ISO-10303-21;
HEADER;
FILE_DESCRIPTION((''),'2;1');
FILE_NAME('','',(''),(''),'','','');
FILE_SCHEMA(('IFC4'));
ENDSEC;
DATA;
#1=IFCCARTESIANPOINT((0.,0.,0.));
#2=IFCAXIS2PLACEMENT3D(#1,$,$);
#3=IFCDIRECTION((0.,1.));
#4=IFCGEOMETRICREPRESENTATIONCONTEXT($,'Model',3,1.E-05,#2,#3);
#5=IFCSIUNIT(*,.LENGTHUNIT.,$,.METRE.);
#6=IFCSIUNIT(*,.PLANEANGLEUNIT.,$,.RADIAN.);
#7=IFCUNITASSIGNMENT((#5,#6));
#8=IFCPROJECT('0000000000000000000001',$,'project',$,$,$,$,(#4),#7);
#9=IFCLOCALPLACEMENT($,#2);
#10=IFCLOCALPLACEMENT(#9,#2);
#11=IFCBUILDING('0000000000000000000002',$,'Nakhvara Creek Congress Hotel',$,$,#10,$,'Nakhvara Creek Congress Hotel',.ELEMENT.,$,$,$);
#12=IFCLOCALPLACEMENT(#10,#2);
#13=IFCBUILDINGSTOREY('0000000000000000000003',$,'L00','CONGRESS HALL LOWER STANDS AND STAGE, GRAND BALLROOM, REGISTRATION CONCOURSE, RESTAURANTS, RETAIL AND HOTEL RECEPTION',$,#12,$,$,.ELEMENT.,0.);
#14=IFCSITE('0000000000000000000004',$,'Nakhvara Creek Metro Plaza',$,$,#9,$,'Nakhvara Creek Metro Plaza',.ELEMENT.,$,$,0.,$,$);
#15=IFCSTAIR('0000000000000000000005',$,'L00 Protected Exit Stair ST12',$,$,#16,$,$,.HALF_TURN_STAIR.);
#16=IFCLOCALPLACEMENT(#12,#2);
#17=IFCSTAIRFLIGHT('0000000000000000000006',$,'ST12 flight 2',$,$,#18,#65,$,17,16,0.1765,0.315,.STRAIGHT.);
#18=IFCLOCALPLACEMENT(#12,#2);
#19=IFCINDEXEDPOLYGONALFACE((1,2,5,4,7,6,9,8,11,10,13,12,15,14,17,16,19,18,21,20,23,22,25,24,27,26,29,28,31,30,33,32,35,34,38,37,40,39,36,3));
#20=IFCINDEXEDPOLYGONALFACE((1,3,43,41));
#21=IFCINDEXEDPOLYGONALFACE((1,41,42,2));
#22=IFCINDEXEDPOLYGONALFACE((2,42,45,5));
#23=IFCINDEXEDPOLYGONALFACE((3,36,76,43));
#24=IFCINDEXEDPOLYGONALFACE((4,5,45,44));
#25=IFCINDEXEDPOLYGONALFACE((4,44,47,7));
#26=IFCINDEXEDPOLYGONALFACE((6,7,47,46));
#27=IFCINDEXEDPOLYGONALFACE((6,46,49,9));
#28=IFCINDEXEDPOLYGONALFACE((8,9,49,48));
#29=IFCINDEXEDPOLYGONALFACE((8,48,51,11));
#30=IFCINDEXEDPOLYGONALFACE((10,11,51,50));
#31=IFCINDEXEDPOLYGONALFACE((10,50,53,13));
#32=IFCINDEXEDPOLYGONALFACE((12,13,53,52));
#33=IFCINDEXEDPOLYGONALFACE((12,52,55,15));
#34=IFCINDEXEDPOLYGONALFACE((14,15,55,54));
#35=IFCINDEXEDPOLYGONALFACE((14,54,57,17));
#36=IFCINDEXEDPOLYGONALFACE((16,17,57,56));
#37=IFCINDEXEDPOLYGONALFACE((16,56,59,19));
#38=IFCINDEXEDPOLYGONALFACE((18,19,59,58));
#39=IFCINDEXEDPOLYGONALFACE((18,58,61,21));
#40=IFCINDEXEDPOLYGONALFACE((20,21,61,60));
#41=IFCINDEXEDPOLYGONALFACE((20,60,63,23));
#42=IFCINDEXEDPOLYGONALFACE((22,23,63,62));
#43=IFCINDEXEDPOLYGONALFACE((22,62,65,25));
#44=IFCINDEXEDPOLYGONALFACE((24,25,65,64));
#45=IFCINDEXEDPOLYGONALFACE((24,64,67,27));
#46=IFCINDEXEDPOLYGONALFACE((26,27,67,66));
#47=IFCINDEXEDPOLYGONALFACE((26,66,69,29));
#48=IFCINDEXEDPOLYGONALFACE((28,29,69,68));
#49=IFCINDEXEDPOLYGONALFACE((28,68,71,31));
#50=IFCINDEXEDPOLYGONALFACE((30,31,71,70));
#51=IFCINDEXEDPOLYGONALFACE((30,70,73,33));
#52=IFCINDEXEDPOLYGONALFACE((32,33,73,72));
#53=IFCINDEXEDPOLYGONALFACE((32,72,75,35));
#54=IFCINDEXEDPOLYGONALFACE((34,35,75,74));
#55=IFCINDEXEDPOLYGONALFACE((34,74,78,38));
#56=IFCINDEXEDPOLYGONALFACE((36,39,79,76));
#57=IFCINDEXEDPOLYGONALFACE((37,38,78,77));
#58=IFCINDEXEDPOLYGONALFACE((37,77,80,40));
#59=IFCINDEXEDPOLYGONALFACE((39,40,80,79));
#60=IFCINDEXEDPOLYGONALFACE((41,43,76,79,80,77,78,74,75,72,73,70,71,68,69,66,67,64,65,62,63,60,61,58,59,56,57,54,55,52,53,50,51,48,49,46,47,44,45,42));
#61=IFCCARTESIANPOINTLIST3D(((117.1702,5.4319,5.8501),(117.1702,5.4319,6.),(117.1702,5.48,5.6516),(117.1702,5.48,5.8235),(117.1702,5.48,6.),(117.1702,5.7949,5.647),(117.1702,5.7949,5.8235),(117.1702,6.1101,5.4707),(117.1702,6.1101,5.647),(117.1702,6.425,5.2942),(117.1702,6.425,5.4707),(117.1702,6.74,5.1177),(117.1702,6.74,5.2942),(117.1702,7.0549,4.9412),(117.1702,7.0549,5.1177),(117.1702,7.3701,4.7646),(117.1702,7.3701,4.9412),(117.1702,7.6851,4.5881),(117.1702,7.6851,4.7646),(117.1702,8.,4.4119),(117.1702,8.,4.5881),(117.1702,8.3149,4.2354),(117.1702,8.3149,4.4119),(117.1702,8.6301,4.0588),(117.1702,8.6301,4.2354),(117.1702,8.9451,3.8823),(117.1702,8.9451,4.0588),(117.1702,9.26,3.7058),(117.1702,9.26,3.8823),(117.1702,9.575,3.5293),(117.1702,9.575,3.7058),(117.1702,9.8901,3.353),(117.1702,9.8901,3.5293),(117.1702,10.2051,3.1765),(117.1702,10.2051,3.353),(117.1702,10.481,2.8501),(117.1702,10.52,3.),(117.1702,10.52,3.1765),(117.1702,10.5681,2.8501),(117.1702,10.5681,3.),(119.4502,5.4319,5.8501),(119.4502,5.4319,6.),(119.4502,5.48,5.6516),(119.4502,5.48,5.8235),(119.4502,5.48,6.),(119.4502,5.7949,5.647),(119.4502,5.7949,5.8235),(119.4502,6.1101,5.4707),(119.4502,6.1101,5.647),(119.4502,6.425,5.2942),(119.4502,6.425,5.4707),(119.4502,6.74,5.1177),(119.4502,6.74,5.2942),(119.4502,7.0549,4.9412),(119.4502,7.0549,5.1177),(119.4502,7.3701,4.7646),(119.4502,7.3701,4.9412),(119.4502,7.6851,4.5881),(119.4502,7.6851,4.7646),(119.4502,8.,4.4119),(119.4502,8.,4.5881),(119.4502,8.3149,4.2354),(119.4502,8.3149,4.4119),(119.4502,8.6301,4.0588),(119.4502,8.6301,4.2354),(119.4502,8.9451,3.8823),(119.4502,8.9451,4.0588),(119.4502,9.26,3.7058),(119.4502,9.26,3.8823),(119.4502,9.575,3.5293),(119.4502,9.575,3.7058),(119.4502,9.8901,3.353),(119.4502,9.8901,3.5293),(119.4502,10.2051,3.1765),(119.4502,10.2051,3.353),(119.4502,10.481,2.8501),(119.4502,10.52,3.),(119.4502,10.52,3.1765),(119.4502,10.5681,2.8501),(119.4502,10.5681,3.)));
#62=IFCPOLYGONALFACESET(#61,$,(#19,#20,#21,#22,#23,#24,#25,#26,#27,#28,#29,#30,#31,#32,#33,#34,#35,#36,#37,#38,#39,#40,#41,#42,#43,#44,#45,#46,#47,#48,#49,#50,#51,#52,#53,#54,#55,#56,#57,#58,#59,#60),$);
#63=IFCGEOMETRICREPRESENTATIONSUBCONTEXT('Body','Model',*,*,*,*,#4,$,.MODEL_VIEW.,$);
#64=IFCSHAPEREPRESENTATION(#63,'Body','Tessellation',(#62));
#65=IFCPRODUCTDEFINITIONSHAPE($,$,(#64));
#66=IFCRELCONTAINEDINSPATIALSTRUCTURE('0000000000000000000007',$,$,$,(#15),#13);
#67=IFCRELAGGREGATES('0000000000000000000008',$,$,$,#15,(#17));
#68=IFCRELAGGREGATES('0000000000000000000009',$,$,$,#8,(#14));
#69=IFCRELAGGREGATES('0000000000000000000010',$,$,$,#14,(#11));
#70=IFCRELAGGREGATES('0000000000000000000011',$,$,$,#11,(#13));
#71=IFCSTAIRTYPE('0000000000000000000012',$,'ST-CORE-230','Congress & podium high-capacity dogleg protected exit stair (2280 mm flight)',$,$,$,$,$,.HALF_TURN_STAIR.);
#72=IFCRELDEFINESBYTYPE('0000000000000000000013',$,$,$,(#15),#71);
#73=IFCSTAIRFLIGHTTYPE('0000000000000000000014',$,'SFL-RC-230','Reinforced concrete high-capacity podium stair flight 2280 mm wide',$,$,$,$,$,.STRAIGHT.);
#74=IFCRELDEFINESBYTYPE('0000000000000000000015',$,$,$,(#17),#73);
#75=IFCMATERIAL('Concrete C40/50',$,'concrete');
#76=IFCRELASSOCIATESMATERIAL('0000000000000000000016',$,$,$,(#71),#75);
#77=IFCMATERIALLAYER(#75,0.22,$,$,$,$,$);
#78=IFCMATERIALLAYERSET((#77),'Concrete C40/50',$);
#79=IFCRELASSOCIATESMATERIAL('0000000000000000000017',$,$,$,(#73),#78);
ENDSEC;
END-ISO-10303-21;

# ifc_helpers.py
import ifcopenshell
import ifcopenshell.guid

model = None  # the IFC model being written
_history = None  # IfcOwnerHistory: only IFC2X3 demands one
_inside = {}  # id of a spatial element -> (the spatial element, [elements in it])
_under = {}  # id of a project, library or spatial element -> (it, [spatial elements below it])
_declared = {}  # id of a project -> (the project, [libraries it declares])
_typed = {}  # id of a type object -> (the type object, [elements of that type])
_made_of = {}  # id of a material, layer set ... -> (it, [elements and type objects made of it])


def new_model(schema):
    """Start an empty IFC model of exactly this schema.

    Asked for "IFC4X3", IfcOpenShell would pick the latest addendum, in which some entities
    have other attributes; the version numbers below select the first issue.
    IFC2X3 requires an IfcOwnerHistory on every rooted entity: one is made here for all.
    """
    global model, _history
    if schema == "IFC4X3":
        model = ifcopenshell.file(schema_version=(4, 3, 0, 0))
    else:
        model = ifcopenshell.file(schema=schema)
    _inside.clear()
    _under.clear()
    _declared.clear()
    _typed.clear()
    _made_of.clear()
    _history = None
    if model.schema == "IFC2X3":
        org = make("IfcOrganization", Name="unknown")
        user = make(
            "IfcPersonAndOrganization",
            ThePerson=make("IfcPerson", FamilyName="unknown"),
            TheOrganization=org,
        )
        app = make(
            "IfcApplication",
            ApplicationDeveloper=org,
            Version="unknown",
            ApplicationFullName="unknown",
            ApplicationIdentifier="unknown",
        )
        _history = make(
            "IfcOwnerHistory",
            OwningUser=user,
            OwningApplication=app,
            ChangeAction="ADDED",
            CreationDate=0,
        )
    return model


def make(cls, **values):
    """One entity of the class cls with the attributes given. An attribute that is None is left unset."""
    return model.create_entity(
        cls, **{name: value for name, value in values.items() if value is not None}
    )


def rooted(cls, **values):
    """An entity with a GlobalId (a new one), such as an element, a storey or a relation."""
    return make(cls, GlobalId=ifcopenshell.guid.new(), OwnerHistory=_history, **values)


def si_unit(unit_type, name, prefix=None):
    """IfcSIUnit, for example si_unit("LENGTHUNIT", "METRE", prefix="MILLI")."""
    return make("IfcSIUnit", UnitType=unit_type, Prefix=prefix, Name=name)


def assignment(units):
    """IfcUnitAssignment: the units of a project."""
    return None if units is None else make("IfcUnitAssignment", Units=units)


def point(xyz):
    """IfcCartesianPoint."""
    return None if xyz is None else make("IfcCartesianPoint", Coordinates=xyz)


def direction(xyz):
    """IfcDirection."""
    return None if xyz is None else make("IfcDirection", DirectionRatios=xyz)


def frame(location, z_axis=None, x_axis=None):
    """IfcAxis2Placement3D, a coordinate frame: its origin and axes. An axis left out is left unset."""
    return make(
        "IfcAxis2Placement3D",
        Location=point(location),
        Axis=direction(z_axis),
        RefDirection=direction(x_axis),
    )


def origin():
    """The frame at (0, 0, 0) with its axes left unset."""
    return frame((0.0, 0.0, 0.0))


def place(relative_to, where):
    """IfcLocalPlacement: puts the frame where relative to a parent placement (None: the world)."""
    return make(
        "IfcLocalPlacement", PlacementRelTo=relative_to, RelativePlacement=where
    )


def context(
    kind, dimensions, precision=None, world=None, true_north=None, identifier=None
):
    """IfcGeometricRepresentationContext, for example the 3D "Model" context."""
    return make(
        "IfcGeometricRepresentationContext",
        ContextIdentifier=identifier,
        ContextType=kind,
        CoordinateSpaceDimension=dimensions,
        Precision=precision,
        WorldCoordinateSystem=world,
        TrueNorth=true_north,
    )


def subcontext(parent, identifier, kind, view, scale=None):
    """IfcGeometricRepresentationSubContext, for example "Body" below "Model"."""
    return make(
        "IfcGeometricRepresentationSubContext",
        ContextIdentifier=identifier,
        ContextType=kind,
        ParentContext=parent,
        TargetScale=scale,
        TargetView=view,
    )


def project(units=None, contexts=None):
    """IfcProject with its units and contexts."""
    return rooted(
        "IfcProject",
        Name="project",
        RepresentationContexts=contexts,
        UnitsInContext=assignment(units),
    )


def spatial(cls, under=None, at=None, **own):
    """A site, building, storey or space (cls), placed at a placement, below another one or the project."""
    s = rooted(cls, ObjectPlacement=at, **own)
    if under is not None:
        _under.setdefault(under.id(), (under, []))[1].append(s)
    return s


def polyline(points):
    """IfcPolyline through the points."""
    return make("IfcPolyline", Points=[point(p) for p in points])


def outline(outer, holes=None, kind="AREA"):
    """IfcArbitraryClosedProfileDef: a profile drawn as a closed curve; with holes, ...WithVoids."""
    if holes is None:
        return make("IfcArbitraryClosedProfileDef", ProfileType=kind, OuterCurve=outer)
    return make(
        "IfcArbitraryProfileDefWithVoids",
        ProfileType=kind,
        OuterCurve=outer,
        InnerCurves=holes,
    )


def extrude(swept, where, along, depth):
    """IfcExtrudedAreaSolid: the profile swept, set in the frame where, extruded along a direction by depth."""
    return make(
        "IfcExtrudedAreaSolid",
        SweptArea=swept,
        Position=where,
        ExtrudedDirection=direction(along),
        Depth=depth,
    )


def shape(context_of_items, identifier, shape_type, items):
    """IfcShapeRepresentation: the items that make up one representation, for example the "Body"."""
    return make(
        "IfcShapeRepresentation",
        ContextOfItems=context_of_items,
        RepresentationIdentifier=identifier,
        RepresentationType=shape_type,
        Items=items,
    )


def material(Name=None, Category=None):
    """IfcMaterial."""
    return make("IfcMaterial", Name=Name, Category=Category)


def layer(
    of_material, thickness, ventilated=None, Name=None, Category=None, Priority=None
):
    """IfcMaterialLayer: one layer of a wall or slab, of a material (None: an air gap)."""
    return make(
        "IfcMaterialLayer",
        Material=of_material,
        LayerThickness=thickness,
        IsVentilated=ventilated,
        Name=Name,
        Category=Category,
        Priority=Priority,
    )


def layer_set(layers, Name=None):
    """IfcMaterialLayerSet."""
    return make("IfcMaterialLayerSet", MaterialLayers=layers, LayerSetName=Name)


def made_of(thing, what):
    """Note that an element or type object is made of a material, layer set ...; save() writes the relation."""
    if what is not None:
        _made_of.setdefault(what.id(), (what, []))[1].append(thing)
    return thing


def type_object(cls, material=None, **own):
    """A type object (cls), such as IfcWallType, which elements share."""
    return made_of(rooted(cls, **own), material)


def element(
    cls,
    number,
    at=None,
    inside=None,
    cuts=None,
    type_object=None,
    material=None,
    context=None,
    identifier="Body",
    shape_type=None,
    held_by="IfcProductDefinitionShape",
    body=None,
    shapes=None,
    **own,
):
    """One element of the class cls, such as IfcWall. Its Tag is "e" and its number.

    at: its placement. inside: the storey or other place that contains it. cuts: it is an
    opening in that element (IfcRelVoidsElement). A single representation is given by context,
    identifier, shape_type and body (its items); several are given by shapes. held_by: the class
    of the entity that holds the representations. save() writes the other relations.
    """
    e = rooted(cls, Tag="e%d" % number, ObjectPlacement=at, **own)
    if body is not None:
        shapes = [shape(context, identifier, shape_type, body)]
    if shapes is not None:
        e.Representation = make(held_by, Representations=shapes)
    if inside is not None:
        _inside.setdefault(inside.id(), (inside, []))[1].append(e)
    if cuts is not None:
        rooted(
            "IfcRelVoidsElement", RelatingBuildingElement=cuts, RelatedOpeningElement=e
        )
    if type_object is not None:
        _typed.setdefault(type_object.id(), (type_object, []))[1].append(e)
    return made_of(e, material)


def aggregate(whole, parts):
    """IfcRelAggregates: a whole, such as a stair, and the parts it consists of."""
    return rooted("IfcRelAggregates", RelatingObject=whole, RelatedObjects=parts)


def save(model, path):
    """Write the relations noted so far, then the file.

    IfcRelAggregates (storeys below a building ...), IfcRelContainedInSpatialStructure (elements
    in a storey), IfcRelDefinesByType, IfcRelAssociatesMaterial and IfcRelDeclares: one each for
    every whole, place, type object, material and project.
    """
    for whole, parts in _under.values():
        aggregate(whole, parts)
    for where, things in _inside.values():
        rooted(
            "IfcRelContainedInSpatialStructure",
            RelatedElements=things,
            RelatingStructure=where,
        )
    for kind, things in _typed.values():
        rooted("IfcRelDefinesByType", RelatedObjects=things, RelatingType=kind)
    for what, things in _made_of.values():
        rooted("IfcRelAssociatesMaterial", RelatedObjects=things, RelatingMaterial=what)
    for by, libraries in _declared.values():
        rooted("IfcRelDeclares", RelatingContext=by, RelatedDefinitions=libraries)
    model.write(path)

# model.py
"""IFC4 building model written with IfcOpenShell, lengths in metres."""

from ifc_helpers import new_model, si_unit, direction, frame, origin, place, context, subcontext, project, spatial, polyline, outline, extrude, material, layer, layer_set, type_object, element, aggregate, save


model = new_model("IFC4")

# Units and contexts
model_context = context("Model", 3, precision=1e-05, world=origin(), true_north=direction((0.0, 1.0)))
body_context = subcontext(model_context, "Body", "Model", "MODEL_VIEW")
ifc_project = project(units=[si_unit("LENGTHUNIT", "METRE"), si_unit("PLANEANGLEUNIT", "RADIAN")], contexts=[model_context])

# Site, building, storey
site_placement = place(None, origin())
site = spatial("IfcSite", under=ifc_project, at=site_placement, Name="Nakhvara Creek Metro Plaza", LongName="Nakhvara Creek Metro Plaza", CompositionType="ELEMENT", RefElevation=0.0)
building_placement = place(site_placement, origin())
building = spatial("IfcBuilding", under=site, at=building_placement, Name="Nakhvara Creek Congress Hotel", LongName="Nakhvara Creek Congress Hotel", CompositionType="ELEMENT")
storey_placement = place(building_placement, origin())
storey = spatial("IfcBuildingStorey", under=building, at=storey_placement, Name="L00", Description="CONGRESS HALL LOWER STANDS AND STAGE, GRAND BALLROOM, REGISTRATION CONCOURSE, RESTAURANTS, RETAIL AND HOTEL RECEPTION", CompositionType="ELEMENT", Elevation=0.0)

# Shared definitions
ifc_material_1 = material(Name="Concrete C40/50", Category="concrete")

# Stair, stair flight
stair_type = type_object("IfcStairType", Name="ST-CORE-230", Description="Congress & podium high-capacity dogleg protected exit stair (2280 mm flight)", PredefinedType="HALF_TURN_STAIR", material=ifc_material_1)
stair_placement = place(storey_placement, origin())
stair = element("IfcStair", 1, at=stair_placement, inside=storey, type_object=stair_type, Name="L00 Protected Exit Stair ST12", PredefinedType="HALF_TURN_STAIR")
ifc_layer_1 = layer(ifc_material_1, 0.22)
ifc_layer_set_1 = layer_set([ifc_layer_1], Name="Concrete C40/50")
stair_flight_type = type_object("IfcStairFlightType", Name="SFL-RC-230", Description="Reinforced concrete high-capacity podium stair flight 2280 mm wide", PredefinedType="STRAIGHT", material=ifc_layer_set_1)
stair_flight_1_placement = place(storey_placement, frame((118.3101, 10.52, 3.0), z_axis=(0.0, 0.0, 1.0), x_axis=(0.0, -1.0, 0.0)))
stair_flight_1 = element("IfcStairFlight", 2, at=stair_flight_1_placement, type_object=stair_flight_type, Name="ST12 flight 2", NumberOfRisers=17, NumberOfTreads=16, PredefinedType="STRAIGHT", RiserHeight=0.1765, TreadLength=0.315, context=body_context, shape_type="SweptSolid", body=[
    extrude(outline(polyline([(-0.0481, 0.0), (0.0, 0.0), (0.0, 0.1765), (0.3149, 0.1765), (0.3149, 0.353), (0.6299, 0.353), (0.6299, 0.5293), (0.9451, 0.5293), (0.9451, 0.7058), (1.26, 0.7058), (1.26, 0.8823), (1.575, 0.8823), (1.575, 1.0588), (1.8899, 1.0588), (1.8899, 1.2354), (2.2051, 1.2354), (2.2051, 1.4119), (2.52, 1.4119), (2.52, 1.5881), (2.835, 1.5881), (2.835, 1.7646), (3.1499, 1.7646), (3.1499, 1.9412), (3.4651, 1.9412), (3.4651, 2.1177), (3.78, 2.1177), (3.78, 2.2942), (4.095, 2.2942), (4.095, 2.4707), (4.4099, 2.4707), (4.4099, 2.647), (4.7251, 2.647), (4.7251, 2.8235), (5.04, 2.8235), (5.04, 3.0), (5.0881, 3.0), (5.0881, 2.8501), (5.04, 2.6516), (0.0391, -0.1499), (-0.0481, -0.1499), (-0.0481, 0.0)])), frame((0.0, 1.1401, 0.0), z_axis=(0.0, -1.0, 0.0), x_axis=(1.0, 0.0, 0.0)), (0.0, 0.0, 1.0), 2.28),
])
aggregate(stair, [stair_flight_1])

save(model, "model.ifc")
